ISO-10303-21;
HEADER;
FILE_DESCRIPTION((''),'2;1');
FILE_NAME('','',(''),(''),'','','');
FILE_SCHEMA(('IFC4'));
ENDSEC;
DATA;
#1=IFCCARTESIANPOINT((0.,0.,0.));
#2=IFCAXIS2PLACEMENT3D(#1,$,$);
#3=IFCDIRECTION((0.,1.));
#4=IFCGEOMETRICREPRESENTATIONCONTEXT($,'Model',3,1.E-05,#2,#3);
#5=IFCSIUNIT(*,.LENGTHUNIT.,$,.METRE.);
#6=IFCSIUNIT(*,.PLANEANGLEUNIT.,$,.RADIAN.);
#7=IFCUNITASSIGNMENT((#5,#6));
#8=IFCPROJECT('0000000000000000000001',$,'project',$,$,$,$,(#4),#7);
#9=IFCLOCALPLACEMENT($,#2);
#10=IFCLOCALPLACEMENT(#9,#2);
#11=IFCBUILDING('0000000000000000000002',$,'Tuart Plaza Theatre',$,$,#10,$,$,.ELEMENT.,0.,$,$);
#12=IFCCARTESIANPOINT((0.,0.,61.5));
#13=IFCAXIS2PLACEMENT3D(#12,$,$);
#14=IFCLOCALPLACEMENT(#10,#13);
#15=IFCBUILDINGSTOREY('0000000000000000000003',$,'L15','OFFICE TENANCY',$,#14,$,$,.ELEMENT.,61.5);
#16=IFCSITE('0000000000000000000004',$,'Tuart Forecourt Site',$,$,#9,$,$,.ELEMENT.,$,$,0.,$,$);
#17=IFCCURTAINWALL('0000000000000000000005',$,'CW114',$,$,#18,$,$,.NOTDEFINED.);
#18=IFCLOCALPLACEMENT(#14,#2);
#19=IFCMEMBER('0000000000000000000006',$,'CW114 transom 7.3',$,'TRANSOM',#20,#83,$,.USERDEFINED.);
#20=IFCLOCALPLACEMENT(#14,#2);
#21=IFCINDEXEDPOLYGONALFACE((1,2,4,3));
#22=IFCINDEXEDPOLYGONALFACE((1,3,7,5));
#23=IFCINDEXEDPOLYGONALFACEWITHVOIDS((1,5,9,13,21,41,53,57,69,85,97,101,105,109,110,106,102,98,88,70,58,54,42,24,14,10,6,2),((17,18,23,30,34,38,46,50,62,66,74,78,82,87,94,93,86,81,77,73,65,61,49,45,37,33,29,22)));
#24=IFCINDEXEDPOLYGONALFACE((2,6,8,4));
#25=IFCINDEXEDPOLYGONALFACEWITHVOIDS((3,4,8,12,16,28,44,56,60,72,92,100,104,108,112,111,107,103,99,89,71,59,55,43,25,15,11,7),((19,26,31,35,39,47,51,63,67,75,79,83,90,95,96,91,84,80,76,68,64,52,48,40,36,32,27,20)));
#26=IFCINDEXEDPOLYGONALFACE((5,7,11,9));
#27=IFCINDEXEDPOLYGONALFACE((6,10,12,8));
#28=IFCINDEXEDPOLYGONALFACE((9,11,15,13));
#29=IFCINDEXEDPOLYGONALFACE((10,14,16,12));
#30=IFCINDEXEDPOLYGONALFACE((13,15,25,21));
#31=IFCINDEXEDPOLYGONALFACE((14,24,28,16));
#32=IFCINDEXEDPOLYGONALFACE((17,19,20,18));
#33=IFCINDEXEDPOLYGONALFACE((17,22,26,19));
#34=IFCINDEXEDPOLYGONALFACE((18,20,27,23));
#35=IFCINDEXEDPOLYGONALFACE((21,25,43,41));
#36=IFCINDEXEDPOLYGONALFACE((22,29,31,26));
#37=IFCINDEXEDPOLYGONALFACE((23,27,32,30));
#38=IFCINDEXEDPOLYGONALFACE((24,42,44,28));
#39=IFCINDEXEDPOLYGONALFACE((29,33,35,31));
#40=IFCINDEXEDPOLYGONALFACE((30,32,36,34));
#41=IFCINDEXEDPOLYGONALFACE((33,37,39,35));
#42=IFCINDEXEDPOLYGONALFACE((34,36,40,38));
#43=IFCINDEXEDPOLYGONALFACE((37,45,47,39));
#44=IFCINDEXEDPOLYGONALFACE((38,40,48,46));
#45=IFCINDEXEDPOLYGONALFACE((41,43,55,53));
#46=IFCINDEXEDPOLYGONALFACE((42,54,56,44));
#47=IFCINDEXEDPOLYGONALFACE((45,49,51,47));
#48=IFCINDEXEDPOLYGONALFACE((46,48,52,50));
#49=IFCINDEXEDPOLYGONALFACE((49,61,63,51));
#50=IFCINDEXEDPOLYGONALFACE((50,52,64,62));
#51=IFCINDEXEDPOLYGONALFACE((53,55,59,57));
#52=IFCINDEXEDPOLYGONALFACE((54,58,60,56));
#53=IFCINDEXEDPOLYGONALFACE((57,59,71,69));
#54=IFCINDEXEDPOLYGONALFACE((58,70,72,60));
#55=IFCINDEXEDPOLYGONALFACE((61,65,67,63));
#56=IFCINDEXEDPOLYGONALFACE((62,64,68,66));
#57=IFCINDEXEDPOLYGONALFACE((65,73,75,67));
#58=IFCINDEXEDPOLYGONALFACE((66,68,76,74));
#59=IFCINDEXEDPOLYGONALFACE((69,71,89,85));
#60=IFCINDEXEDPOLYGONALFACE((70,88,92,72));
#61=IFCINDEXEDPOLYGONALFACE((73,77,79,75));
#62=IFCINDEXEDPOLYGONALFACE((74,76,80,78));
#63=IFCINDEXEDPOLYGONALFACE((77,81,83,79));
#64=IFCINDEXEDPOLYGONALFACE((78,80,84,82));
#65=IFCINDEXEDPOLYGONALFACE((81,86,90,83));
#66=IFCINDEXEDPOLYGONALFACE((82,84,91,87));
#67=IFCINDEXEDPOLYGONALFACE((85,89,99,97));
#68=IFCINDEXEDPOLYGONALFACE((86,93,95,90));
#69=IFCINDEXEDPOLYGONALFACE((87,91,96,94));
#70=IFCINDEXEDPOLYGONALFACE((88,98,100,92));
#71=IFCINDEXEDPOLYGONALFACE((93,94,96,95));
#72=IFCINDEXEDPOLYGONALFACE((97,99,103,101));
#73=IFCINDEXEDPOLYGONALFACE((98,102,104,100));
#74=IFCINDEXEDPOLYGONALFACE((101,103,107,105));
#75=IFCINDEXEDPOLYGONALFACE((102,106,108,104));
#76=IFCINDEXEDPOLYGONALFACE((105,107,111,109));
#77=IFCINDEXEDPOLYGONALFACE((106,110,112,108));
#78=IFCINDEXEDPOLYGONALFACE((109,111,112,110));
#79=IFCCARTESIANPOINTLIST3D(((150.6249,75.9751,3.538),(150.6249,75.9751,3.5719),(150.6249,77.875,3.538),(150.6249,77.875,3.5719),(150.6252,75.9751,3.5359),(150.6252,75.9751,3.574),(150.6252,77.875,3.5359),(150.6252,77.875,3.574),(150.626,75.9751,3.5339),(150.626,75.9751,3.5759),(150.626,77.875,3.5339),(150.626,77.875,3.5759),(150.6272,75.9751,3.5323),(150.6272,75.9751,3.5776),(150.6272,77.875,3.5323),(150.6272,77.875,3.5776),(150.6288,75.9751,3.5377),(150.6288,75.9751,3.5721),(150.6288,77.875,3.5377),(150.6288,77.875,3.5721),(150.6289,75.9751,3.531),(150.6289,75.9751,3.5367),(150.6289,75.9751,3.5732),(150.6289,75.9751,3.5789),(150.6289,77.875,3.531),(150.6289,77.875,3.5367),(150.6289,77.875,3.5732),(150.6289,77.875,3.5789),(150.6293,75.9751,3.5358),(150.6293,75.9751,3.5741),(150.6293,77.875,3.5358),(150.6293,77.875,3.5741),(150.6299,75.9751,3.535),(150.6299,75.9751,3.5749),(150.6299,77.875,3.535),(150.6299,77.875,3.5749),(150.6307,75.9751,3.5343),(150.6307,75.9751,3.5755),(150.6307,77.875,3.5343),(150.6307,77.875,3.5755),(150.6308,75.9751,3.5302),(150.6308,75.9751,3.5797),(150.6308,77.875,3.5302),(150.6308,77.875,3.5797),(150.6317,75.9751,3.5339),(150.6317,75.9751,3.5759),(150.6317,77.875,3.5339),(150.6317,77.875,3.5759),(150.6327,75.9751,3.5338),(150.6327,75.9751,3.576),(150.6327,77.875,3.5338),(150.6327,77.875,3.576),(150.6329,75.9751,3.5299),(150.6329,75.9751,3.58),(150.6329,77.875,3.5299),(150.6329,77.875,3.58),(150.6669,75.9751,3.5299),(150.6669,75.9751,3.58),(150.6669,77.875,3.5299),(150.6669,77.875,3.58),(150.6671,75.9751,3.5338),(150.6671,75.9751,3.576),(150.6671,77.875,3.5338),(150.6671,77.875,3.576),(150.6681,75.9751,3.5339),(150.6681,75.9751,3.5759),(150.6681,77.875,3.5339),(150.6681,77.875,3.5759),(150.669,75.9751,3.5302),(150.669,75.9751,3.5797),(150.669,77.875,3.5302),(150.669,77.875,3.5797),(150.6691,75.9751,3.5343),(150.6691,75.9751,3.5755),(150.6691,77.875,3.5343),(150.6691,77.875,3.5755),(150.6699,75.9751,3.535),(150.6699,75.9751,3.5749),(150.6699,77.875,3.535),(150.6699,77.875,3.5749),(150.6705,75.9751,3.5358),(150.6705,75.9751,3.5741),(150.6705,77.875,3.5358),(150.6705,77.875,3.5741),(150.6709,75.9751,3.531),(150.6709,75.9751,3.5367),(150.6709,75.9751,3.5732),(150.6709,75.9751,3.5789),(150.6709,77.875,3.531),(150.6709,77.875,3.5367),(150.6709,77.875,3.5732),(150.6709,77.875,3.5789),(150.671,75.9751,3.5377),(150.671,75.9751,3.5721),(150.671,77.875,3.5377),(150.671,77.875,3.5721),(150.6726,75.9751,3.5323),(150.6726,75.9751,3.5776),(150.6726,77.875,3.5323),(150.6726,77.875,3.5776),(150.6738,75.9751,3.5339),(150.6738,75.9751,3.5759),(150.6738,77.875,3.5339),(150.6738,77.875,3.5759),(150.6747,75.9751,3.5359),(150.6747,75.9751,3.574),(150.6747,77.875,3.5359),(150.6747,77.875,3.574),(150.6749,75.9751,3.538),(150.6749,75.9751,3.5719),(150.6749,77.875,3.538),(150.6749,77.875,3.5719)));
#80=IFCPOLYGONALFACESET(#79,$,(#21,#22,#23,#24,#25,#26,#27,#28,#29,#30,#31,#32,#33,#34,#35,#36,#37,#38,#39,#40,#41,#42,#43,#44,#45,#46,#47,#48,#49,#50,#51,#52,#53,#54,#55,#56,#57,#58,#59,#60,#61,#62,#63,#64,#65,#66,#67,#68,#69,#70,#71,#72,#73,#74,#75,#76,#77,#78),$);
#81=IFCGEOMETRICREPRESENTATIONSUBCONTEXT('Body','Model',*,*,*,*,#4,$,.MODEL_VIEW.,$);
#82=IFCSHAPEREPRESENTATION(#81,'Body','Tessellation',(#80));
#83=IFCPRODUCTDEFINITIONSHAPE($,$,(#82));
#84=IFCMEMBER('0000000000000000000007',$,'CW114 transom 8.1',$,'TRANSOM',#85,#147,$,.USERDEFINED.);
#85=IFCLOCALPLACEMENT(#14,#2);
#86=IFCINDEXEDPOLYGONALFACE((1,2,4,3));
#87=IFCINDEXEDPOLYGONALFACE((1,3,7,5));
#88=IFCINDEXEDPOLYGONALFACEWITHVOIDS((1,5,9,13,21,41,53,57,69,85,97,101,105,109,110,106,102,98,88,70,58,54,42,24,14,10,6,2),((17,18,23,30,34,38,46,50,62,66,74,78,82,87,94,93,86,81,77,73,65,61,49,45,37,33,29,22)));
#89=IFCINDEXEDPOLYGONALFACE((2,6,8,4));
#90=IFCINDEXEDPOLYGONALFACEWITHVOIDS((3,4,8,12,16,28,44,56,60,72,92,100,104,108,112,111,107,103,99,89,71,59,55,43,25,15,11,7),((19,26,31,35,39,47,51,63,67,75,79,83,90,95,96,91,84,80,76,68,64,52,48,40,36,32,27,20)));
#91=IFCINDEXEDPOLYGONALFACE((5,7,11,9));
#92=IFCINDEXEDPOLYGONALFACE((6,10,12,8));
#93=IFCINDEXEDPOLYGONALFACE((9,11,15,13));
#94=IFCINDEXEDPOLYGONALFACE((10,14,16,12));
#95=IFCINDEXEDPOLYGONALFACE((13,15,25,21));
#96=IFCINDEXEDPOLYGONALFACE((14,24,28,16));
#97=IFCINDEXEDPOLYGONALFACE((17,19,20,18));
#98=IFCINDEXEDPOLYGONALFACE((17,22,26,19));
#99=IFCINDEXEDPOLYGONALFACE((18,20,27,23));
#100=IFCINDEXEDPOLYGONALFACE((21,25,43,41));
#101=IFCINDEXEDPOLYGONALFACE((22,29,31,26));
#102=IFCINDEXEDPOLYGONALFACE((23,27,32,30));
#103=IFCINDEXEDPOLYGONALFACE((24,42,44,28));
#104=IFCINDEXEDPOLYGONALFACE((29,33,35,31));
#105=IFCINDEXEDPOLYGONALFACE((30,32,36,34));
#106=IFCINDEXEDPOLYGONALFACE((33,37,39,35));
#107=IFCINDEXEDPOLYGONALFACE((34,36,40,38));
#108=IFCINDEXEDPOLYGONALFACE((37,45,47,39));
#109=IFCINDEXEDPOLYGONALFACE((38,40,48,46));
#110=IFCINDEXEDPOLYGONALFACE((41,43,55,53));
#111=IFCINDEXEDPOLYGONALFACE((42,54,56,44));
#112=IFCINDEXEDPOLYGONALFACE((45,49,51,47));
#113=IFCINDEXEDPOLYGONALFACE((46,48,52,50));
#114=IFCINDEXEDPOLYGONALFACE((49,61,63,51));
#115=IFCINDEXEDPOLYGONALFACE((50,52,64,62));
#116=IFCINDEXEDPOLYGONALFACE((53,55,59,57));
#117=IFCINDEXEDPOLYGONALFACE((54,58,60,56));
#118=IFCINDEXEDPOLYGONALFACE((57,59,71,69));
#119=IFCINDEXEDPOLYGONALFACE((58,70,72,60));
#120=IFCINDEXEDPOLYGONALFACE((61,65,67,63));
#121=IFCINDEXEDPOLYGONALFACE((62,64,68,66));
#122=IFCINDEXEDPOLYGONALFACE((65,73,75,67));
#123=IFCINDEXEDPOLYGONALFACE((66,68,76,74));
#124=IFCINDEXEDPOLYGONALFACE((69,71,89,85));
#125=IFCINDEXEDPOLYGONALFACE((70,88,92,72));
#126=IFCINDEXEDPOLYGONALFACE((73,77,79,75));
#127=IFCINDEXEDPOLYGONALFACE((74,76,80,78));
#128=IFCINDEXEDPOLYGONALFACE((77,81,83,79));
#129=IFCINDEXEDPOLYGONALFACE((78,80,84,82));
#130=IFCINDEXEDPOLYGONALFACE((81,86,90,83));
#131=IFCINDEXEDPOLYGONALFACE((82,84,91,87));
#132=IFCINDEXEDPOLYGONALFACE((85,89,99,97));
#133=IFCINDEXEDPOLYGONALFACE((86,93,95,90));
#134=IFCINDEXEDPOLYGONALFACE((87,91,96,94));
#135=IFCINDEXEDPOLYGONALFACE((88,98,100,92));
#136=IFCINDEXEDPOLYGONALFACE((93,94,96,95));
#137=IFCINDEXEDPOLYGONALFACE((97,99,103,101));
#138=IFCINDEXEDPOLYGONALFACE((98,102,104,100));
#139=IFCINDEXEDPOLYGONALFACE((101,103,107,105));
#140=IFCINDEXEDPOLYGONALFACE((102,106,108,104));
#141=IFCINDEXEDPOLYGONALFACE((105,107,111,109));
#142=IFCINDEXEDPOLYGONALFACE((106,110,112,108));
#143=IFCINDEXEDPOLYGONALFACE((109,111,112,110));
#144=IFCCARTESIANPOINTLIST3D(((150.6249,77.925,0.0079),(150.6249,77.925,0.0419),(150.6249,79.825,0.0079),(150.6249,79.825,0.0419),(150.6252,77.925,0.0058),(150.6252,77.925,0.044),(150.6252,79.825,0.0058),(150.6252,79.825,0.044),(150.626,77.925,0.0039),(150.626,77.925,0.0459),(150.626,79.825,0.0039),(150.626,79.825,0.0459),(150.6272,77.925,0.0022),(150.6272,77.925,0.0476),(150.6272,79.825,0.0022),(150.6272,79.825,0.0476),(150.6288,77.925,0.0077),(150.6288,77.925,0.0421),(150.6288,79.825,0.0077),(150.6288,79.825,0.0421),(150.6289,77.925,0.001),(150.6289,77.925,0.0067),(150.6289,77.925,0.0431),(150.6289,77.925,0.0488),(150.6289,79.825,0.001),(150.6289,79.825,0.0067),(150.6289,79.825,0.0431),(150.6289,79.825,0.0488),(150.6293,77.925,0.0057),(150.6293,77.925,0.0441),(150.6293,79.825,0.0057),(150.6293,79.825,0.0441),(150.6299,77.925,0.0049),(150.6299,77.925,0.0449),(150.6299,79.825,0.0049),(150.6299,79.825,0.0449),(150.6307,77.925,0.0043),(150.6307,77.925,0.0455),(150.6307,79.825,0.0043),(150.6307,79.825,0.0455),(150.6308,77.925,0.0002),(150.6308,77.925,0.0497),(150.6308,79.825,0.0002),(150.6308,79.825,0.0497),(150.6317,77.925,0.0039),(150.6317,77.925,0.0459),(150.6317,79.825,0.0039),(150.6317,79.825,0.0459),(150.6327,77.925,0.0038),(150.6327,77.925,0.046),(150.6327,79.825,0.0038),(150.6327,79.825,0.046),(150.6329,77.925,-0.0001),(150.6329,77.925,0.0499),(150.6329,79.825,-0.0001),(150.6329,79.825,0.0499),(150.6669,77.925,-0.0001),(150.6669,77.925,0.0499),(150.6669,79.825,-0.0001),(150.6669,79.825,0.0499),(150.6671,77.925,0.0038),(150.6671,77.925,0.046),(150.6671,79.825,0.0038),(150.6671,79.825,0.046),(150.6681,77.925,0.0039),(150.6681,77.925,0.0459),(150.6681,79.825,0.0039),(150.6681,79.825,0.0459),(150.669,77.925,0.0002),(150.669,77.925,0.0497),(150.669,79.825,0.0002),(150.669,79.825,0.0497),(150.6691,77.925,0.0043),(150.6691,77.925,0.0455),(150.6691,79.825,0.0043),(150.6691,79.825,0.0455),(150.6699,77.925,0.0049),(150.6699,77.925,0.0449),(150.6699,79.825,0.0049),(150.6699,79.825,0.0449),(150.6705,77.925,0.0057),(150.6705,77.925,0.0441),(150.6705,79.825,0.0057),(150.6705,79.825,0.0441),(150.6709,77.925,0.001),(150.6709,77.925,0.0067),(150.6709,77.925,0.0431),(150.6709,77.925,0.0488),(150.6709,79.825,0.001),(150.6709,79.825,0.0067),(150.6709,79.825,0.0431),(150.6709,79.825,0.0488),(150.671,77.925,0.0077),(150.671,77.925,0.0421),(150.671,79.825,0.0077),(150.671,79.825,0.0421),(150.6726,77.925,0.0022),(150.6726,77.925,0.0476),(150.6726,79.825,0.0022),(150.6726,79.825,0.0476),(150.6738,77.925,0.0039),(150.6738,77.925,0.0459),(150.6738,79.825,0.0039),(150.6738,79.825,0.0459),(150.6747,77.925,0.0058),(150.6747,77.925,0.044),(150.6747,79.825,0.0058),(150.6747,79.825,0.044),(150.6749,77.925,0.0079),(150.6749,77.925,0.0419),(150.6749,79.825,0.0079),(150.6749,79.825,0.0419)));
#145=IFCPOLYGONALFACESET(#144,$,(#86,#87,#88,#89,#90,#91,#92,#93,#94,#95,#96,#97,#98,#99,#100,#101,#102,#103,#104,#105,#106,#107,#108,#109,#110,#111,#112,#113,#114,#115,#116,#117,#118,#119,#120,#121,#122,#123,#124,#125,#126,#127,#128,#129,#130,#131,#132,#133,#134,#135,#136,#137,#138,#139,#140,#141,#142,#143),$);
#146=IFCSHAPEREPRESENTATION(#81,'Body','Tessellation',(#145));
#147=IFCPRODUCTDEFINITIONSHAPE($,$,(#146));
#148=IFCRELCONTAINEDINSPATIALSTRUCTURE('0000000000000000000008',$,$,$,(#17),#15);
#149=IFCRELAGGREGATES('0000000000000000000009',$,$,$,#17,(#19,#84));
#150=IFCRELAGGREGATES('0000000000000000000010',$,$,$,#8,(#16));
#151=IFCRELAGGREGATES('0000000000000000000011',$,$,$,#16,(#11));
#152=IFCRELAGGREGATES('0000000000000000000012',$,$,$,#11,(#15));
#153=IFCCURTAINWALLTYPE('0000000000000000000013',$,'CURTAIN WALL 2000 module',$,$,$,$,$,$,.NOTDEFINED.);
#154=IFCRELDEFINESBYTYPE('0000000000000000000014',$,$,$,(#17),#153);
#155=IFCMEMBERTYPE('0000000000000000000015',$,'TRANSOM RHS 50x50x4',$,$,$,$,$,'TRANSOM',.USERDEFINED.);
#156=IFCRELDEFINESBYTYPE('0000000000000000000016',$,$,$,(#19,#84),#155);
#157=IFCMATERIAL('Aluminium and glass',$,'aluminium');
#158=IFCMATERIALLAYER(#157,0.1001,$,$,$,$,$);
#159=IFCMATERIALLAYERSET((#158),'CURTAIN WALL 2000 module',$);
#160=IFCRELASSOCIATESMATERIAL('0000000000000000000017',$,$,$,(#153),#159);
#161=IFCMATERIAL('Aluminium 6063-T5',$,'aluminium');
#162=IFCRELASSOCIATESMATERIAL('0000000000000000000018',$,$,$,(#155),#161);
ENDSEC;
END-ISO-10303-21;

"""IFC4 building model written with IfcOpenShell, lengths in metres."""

from ifc_helpers import new_model, si_unit, direction, frame, origin, origin_2d, place, context, subcontext, project, spatial, hollow_rectangle, extrude, material, layer, layer_set, material_profile, profile_set, type_object, element, aggregate, save


model = new_model("IFC4")

# Units and contexts
model_context = context("Model", 3, precision=1e-05, world=origin(), true_north=direction((0.0, 1.0)))
body_context = subcontext(model_context, "Body", "Model", "MODEL_VIEW")
ifc_project = project(units=[si_unit("LENGTHUNIT", "METRE"), si_unit("PLANEANGLEUNIT", "RADIAN")], contexts=[model_context])

# Site, building, storey
site_placement = place(None, origin())
site = spatial("IfcSite", under=ifc_project, at=site_placement, Name="Tuart Forecourt Site", CompositionType="ELEMENT", RefElevation=0.0)
building_placement = place(site_placement, origin())
building = spatial("IfcBuilding", under=site, at=building_placement, Name="Tuart Plaza Theatre", CompositionType="ELEMENT", ElevationOfRefHeight=0.0)
storey_placement = place(building_placement, frame((0.0, 0.0, 61.5)))
storey = spatial("IfcBuildingStorey", under=building, at=storey_placement, Name="L15", Description="OFFICE TENANCY", CompositionType="ELEMENT", Elevation=61.5)

# Curtain wall, members
ifc_material_1 = material(Name="Aluminium and glass", Category="aluminium")
ifc_layer_1 = layer(ifc_material_1, 0.1001)
ifc_layer_set_1 = layer_set([ifc_layer_1], Name="CURTAIN WALL 2000 module")
curtain_wall_type = type_object("IfcCurtainWallType", Name="CURTAIN WALL 2000 module", PredefinedType="NOTDEFINED", material=ifc_layer_set_1)
curtain_wall_placement = place(storey_placement, origin())
curtain_wall = element("IfcCurtainWall", 1, at=curtain_wall_placement, inside=storey, type_object=curtain_wall_type, Name="CW114", PredefinedType="NOTDEFINED")
ifc_material_2 = material(Name="Aluminium 6063-T5", Category="aluminium")
ifc_material_profile_1 = material_profile(ifc_material_2, hollow_rectangle(XDim=0.05, YDim=0.05, WallThickness=0.0039, InnerFilletRadius=0.0039, OuterFilletRadius=0.0081, at=origin_2d()), Name="RHS 50x50x4")
ifc_profile_set_1 = profile_set([ifc_material_profile_1], Name="Aluminium 6063-T5")
member_type_1 = type_object("IfcMemberType", Name="TRANSOM RHS 50x50x4", ElementType="TRANSOM", PredefinedType="USERDEFINED", material=ifc_profile_set_1)
member_1_placement = place(storey_placement, frame((150.6499, 75.9751, 3.5549), z_axis=(0.0, 1.0, 0.0), x_axis=(-1.0, 0.0, 0.0)))
member_1 = element("IfcMember", 2, at=member_1_placement, type_object=member_type_1, Name="CW114 transom 7.3", ObjectType="TRANSOM", PredefinedType="USERDEFINED", context=body_context, shape_type="SweptSolid", body=[
    extrude(hollow_rectangle(XDim=0.05, YDim=0.05, WallThickness=0.0039, InnerFilletRadius=0.0039, OuterFilletRadius=0.0081, at=origin_2d()), origin(), (0.0, 0.0, 1.0), 1.8999),
])
member_2_placement = place(storey_placement, frame((150.6499, 77.925, 0.0249), z_axis=(0.0, 1.0, 0.0), x_axis=(-1.0, 0.0, 0.0)))
member_2 = element("IfcMember", 3, at=member_2_placement, type_object=member_type_1, Name="CW114 transom 8.1", ObjectType="TRANSOM", PredefinedType="USERDEFINED", context=body_context, shape_type="SweptSolid", body=[
    extrude(hollow_rectangle(XDim=0.05, YDim=0.05, WallThickness=0.0039, InnerFilletRadius=0.0039, OuterFilletRadius=0.0081, at=origin_2d()), origin(), (0.0, 0.0, 1.0), 1.8999),
])
aggregate(curtain_wall, [member_1, member_2])

save(model, "model.ifc")
